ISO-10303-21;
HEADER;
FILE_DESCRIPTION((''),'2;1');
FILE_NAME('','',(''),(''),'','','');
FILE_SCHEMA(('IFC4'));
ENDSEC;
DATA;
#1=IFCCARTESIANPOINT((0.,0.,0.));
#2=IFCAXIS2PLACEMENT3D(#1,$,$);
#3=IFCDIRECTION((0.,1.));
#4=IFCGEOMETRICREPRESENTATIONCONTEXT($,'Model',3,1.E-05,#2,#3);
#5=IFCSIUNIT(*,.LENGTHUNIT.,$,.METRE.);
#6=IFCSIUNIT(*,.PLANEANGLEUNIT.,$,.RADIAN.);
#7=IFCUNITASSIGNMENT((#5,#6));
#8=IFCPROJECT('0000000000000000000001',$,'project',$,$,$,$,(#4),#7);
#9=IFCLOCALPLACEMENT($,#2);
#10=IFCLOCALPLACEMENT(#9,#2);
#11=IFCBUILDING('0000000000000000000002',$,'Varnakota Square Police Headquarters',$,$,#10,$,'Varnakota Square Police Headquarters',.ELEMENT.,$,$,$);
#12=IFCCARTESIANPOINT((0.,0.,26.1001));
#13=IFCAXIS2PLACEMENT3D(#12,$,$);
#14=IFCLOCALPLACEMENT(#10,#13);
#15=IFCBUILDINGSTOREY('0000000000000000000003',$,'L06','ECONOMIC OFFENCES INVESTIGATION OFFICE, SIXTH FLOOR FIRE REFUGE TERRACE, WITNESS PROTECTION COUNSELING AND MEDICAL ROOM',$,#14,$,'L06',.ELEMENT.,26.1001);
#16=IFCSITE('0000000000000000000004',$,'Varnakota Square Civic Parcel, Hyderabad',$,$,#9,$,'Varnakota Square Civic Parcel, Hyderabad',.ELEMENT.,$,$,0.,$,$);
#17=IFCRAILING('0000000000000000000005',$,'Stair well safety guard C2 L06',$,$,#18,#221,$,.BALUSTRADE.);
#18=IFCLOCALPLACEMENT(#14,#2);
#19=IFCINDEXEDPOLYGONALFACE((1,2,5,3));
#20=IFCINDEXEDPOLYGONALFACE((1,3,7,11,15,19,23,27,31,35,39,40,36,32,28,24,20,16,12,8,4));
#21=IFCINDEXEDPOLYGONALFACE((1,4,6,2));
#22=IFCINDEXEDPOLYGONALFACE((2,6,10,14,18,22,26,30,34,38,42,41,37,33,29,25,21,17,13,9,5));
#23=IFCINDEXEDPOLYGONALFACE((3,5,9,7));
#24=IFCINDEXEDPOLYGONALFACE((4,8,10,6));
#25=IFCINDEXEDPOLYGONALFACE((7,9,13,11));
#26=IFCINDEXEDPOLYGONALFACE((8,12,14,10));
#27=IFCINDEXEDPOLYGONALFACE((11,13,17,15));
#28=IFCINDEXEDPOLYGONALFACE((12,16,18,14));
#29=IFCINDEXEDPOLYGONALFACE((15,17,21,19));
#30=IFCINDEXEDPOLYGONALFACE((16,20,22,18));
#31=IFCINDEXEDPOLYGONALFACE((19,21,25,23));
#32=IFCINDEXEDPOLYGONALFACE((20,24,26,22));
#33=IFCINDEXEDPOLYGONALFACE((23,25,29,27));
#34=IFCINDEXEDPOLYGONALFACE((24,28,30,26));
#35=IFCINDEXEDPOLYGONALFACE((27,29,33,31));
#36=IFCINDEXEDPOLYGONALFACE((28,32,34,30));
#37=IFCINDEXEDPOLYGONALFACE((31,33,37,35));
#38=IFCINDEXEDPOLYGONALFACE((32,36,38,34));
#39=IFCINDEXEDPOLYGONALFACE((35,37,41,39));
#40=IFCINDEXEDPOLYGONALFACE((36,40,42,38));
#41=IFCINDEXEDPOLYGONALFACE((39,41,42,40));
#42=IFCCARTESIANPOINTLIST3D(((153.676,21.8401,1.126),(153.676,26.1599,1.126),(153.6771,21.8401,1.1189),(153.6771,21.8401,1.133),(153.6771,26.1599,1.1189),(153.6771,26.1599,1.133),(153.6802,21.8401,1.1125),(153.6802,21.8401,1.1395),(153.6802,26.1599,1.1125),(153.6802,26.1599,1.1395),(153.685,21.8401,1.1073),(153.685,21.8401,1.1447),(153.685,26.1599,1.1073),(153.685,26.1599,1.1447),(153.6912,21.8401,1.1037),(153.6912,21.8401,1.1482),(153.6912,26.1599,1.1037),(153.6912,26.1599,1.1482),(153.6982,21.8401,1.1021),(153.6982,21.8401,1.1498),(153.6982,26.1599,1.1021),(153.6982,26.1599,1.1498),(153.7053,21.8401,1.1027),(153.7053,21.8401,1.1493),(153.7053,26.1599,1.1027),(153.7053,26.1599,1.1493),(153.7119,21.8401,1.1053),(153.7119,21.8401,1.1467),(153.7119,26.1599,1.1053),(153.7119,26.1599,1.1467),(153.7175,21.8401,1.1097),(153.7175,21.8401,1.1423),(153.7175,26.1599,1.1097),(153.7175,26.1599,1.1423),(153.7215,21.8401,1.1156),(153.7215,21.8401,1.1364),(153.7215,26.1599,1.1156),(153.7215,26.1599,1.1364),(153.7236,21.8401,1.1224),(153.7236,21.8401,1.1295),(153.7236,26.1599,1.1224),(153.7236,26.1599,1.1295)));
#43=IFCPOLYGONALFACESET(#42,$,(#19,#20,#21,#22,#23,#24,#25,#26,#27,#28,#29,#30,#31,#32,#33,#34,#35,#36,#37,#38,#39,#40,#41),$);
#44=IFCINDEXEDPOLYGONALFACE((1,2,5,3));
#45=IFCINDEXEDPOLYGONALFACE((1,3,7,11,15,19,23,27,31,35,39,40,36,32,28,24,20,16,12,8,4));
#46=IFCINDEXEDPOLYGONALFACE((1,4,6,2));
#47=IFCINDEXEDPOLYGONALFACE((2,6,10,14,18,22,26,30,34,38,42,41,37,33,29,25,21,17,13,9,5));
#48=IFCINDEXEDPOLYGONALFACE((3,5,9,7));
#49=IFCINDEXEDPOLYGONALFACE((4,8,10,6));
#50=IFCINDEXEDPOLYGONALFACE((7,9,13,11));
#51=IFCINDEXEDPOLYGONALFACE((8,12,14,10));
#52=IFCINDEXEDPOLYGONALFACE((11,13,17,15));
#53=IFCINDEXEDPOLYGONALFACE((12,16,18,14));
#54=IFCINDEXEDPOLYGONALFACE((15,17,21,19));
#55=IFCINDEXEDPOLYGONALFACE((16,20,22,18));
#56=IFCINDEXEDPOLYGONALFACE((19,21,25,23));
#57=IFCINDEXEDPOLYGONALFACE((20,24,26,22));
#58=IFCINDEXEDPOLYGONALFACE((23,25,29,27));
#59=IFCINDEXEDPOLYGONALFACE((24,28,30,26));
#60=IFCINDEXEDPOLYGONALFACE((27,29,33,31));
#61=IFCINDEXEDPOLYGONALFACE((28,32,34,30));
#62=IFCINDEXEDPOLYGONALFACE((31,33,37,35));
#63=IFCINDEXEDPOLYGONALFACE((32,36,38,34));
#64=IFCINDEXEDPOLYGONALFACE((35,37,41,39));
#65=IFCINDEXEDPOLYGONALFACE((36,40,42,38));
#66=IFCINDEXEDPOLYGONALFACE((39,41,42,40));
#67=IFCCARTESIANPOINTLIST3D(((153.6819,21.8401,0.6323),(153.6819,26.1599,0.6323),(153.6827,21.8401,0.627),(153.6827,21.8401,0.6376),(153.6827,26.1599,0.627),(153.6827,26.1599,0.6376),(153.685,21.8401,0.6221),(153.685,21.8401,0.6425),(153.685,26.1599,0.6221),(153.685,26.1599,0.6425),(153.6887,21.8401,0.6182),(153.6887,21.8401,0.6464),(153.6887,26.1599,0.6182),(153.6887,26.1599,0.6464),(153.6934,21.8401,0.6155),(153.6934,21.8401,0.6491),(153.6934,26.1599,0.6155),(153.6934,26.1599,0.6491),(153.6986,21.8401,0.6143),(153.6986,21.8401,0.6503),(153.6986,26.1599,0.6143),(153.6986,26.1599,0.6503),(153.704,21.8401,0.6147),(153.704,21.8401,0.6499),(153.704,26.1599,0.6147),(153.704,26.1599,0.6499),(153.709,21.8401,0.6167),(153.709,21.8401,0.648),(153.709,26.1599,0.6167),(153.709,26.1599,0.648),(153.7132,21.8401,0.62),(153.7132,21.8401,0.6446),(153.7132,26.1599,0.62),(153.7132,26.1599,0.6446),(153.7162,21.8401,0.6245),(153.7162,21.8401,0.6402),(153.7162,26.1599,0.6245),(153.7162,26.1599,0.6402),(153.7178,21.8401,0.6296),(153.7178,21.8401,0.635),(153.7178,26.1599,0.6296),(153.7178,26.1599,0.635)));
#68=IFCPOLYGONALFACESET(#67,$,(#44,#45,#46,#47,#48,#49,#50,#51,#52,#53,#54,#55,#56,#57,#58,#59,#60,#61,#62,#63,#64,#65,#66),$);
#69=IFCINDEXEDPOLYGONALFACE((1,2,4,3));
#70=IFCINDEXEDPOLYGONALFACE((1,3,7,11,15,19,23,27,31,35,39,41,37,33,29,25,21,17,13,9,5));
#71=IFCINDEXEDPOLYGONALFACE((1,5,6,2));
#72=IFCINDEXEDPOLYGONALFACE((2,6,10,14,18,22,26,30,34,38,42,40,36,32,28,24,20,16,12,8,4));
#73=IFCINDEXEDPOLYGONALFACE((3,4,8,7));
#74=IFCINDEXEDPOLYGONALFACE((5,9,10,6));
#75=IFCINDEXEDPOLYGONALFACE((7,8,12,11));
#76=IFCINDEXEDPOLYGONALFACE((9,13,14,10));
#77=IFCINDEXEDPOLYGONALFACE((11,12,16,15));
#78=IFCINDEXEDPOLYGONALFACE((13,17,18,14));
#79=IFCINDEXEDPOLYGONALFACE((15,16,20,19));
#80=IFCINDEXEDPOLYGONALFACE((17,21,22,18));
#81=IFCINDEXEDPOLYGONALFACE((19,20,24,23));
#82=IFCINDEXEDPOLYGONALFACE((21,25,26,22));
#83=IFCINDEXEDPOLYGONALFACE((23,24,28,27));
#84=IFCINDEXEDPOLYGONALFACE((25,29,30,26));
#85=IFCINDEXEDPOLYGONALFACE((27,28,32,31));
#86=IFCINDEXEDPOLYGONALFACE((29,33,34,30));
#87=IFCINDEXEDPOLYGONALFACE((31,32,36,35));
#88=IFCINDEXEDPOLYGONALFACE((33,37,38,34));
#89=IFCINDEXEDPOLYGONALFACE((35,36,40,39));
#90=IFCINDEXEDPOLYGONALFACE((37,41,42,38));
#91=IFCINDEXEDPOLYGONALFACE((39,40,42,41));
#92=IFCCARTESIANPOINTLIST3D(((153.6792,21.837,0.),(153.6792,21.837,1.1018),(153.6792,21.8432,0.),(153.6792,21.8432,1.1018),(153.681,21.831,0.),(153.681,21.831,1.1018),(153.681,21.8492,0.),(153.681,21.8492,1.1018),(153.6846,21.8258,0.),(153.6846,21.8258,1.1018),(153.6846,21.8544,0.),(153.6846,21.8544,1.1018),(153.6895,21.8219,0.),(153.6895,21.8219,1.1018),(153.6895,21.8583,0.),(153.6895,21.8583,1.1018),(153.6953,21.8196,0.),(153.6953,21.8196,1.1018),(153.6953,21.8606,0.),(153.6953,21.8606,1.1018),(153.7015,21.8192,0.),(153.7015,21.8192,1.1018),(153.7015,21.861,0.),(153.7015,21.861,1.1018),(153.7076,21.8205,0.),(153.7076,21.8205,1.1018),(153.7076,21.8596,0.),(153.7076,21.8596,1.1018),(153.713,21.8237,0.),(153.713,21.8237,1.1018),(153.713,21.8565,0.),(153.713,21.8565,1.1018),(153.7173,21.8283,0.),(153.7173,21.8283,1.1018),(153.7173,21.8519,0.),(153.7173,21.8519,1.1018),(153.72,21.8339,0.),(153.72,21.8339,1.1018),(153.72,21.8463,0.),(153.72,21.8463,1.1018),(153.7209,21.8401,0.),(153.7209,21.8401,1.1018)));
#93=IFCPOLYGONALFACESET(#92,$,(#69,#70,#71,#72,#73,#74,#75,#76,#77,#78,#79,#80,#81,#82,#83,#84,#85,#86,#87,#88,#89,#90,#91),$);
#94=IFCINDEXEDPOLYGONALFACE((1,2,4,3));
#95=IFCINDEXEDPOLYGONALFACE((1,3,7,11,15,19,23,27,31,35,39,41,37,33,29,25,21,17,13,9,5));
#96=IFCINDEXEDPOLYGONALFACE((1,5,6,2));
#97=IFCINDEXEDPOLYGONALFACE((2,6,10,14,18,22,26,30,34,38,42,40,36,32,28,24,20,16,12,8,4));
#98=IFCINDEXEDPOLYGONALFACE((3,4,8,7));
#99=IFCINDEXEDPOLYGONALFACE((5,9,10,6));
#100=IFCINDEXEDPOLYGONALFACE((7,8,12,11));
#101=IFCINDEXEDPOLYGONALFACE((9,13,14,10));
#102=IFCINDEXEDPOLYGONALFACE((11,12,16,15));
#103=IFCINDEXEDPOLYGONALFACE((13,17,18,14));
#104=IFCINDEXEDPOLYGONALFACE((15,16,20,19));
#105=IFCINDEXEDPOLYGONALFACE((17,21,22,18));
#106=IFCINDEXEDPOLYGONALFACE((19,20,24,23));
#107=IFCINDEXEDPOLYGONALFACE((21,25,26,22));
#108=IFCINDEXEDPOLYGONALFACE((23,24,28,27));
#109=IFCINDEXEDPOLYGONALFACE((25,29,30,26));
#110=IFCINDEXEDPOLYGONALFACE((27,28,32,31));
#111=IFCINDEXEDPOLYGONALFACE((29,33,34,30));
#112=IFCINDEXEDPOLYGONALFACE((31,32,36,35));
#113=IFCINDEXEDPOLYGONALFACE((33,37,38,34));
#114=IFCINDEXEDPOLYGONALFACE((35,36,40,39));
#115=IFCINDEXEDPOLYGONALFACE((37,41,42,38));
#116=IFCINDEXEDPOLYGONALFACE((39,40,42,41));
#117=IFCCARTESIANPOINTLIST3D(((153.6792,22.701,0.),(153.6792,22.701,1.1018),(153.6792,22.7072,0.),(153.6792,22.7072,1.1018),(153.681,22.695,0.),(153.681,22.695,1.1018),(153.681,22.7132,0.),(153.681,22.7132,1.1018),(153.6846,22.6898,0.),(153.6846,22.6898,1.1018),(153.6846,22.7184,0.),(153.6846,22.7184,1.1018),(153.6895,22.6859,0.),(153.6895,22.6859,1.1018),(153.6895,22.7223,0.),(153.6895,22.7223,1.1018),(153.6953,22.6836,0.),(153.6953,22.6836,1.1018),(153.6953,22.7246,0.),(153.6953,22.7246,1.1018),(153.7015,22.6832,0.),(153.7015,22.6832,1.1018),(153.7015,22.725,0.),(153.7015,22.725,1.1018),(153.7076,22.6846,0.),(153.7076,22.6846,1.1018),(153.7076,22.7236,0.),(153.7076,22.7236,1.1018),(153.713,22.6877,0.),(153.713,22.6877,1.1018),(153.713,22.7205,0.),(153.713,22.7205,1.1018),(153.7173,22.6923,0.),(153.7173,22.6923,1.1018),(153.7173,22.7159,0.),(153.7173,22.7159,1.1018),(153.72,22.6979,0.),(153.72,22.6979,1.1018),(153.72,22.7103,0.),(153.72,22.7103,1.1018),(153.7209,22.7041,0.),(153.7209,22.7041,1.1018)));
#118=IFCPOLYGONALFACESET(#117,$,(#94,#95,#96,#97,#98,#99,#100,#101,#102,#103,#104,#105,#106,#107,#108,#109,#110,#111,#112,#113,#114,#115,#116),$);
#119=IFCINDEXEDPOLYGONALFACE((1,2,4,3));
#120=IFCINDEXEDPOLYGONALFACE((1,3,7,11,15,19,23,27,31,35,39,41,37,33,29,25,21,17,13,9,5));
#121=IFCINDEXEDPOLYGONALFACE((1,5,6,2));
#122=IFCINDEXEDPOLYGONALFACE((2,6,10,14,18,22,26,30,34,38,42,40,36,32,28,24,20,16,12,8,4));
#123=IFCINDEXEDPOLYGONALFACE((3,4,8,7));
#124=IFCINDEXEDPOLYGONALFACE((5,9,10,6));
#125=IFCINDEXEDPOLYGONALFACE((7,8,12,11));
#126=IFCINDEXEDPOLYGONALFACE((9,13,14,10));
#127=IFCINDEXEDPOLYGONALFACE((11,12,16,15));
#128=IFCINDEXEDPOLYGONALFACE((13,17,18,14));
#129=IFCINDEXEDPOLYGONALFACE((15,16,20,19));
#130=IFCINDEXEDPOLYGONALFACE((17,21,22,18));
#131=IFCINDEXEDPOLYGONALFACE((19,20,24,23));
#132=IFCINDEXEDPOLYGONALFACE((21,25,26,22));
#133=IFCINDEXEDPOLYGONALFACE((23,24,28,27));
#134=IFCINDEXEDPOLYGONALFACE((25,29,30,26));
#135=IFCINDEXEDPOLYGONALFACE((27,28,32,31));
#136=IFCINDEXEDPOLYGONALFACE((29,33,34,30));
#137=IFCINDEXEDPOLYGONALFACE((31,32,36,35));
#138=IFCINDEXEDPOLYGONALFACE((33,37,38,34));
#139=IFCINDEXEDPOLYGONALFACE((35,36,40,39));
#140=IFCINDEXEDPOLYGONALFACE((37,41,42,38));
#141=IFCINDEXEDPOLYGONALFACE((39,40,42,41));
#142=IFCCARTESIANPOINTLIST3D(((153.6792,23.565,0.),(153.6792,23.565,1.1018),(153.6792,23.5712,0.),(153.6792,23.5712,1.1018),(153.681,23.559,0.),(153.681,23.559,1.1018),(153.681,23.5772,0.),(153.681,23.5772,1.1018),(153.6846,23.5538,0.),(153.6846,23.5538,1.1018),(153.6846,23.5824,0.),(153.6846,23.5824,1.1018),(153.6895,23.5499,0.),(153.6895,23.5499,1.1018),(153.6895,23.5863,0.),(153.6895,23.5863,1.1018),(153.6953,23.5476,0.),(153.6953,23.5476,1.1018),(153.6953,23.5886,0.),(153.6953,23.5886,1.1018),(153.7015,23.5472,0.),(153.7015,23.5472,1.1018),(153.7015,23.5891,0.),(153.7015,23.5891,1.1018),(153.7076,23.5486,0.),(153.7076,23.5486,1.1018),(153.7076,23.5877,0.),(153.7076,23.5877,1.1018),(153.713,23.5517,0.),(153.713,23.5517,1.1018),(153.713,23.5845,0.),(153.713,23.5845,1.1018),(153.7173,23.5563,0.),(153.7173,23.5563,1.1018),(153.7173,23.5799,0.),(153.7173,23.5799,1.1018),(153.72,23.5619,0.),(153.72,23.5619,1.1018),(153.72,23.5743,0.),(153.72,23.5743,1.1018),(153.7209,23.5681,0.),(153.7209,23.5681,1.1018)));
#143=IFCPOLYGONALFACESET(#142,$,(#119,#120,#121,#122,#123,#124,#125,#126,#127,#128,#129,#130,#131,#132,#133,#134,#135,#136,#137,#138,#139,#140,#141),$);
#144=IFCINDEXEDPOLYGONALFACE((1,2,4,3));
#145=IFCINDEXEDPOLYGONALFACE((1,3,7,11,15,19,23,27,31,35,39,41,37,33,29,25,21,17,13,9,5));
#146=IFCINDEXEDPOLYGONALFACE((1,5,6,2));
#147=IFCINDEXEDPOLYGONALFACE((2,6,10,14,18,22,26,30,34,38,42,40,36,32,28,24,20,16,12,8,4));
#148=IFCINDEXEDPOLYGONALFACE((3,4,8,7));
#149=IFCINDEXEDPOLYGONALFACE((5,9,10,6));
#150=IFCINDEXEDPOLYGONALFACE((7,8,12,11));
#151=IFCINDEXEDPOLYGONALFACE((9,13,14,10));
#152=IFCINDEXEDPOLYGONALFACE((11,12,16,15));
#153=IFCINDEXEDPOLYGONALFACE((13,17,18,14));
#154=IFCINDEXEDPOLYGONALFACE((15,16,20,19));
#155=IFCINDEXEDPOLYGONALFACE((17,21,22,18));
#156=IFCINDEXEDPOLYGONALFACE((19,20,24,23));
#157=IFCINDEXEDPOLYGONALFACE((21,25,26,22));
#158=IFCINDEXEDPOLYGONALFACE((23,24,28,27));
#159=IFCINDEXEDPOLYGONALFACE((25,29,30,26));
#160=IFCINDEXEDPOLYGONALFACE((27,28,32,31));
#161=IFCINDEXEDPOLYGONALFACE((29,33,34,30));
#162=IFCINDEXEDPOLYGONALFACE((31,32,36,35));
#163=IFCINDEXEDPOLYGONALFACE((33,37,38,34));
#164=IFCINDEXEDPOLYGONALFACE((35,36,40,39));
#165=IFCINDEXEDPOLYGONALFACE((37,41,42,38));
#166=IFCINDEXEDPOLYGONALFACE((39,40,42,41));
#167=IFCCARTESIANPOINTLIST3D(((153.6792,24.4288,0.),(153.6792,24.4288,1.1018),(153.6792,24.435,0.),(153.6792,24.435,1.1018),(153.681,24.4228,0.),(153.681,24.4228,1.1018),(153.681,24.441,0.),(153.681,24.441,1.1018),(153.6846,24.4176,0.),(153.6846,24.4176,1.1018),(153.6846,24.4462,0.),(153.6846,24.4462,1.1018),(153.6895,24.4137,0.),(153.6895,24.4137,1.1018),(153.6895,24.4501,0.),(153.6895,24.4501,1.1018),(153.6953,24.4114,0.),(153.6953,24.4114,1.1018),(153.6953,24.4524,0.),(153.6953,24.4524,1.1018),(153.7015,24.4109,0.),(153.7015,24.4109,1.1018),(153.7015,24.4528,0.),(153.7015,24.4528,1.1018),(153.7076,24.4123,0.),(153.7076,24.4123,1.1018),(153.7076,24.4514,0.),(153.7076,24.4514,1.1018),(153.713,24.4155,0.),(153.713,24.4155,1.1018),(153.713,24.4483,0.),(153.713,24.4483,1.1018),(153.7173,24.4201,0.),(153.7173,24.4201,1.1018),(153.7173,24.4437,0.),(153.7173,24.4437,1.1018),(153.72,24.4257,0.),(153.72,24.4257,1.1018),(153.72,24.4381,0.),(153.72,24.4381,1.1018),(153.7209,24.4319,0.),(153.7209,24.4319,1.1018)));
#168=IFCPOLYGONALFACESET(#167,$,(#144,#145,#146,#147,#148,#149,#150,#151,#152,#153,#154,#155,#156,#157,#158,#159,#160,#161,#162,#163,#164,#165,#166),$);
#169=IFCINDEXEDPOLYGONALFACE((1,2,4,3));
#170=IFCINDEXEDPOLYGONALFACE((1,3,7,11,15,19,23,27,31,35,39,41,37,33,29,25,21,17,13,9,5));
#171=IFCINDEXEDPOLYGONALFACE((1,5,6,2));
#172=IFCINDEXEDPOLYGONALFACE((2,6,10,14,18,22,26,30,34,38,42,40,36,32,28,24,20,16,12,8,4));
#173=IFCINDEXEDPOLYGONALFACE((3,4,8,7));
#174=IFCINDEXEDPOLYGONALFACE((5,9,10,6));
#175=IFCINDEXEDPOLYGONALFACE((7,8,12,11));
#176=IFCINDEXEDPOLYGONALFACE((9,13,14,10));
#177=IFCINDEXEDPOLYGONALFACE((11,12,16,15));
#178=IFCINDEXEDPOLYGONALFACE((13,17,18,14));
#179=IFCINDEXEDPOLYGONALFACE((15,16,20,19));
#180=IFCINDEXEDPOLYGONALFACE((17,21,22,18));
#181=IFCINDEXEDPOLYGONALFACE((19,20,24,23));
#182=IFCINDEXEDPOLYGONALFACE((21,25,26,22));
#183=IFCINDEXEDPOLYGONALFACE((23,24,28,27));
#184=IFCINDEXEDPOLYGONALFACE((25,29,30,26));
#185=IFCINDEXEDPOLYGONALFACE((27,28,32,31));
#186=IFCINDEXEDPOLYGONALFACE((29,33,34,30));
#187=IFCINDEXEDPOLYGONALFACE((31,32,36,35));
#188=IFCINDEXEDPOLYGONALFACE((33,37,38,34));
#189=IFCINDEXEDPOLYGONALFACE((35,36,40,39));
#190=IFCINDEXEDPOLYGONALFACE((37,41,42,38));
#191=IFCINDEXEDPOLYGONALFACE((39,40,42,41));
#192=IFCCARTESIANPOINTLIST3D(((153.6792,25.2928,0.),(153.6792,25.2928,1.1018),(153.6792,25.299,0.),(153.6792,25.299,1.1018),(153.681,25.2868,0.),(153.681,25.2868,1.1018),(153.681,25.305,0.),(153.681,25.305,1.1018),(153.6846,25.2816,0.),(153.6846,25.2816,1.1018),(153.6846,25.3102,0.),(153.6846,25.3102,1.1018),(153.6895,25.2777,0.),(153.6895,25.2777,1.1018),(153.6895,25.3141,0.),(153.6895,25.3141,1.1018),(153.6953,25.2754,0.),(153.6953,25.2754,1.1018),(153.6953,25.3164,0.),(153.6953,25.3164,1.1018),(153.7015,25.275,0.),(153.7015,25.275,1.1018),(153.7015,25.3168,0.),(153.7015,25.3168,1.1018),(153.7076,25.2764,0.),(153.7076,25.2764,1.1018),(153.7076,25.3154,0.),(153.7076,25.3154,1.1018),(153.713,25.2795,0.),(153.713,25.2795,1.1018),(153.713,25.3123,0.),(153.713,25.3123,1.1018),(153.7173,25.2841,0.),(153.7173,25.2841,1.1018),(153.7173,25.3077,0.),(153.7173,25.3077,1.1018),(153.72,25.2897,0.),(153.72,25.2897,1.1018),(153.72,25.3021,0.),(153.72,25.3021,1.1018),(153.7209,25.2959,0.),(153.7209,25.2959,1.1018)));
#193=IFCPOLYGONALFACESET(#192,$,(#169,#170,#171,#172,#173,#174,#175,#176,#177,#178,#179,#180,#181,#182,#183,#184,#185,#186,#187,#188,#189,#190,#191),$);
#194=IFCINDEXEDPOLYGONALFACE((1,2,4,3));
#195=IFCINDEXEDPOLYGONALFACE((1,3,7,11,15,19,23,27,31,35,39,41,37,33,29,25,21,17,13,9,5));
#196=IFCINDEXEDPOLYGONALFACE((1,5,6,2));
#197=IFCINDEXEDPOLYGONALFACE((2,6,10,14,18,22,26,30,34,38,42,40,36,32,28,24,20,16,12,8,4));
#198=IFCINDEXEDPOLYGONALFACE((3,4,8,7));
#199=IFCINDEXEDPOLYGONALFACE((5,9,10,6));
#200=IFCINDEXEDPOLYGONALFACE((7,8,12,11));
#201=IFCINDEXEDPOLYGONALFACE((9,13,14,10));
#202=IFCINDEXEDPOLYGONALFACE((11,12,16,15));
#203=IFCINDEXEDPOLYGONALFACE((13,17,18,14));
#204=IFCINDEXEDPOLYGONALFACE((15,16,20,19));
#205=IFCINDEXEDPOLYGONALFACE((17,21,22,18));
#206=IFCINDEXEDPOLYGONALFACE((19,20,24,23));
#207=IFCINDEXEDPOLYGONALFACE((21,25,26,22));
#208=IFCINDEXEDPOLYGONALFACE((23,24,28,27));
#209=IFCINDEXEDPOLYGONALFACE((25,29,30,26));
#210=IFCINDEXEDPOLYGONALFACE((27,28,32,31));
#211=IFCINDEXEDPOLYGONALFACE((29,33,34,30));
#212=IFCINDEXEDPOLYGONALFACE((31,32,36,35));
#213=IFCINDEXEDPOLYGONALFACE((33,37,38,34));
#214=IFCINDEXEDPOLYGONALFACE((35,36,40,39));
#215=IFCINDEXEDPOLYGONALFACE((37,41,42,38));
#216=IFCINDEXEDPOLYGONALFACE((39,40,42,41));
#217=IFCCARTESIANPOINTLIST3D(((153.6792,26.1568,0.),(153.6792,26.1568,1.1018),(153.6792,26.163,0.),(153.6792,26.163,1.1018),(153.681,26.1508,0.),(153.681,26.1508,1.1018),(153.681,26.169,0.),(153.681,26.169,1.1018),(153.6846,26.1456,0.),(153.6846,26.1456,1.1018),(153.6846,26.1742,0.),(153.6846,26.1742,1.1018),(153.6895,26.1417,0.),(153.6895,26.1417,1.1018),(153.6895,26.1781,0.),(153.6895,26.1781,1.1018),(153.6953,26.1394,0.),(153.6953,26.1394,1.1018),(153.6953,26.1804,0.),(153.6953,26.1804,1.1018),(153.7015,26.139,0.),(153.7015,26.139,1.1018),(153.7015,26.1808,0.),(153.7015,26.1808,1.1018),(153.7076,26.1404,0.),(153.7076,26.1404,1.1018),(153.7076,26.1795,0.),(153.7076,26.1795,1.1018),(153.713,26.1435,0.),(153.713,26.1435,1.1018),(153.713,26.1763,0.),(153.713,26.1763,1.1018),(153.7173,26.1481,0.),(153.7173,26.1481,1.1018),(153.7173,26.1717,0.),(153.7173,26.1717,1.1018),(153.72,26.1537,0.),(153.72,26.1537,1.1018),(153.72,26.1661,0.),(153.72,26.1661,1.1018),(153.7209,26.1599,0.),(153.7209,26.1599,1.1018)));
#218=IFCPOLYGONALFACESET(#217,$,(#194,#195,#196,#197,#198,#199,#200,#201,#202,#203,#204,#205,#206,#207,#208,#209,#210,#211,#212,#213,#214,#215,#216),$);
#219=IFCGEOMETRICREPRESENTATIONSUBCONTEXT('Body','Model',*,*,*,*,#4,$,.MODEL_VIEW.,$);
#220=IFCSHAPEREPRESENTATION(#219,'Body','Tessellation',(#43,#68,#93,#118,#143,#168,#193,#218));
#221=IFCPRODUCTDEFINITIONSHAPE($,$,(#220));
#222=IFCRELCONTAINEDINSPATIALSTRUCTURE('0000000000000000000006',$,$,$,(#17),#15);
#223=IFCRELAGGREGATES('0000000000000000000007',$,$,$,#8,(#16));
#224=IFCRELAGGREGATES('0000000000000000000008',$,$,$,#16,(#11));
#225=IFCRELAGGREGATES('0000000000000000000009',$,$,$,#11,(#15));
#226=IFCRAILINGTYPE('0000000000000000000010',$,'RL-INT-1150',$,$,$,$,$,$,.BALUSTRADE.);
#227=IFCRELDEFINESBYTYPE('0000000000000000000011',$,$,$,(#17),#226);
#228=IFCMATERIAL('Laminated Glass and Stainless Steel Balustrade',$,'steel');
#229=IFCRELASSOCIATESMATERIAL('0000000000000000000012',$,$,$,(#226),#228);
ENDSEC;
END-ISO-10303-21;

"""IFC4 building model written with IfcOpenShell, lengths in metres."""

from ifc_helpers import new_model, si_unit, direction, frame, origin, origin_2d, place, context, subcontext, project, spatial, circle, extrude, material, type_object, element, save


model = new_model("IFC4")

# Units and contexts
model_context = context("Model", 3, precision=1e-05, world=origin(), true_north=direction((0.0, 1.0)))
body_context = subcontext(model_context, "Body", "Model", "MODEL_VIEW")
ifc_project = project(units=[si_unit("LENGTHUNIT", "METRE"), si_unit("PLANEANGLEUNIT", "RADIAN")], contexts=[model_context])

# Site, building, storey
site_placement = place(None, origin())
site = spatial("IfcSite", under=ifc_project, at=site_placement, Name="Varnakota Square Civic Parcel, Hyderabad", LongName="Varnakota Square Civic Parcel, Hyderabad", CompositionType="ELEMENT", RefElevation=0.0)
building_placement = place(site_placement, origin())
building = spatial("IfcBuilding", under=site, at=building_placement, Name="Varnakota Square Police Headquarters", LongName="Varnakota Square Police Headquarters", CompositionType="ELEMENT")
storey_placement = place(building_placement, frame((0.0, 0.0, 26.1001)))
storey = spatial("IfcBuildingStorey", under=building, at=storey_placement, Name="L06", Description="ECONOMIC OFFENCES INVESTIGATION OFFICE, SIXTH FLOOR FIRE REFUGE TERRACE, WITNESS PROTECTION COUNSELING AND MEDICAL ROOM", LongName="L06", CompositionType="ELEMENT", Elevation=26.1001)

# Railing
ifc_material_1 = material(Name="Laminated Glass and Stainless Steel Balustrade", Category="steel")
railing_type_1 = type_object("IfcRailingType", Name="RL-INT-1150", PredefinedType="BALUSTRADE", material=ifc_material_1)
railing_1_placement = place(storey_placement, frame((153.7, 21.8401, 0.0)))
element("IfcRailing", 1, at=railing_1_placement, inside=storey, type_object=railing_type_1, Name="Stair well safety guard C2 L06", PredefinedType="BALUSTRADE", context=body_context, shape_type="SweptSolid", body=[
    extrude(circle(Radius=0.0239, at=origin_2d()), frame((0.0, 0.0, 1.126), z_axis=(0.0, 1.0, 0.0), x_axis=(-1.0, 0.0, 0.0)), (0.0, 0.0, 1.0), 4.3198),
    extrude(circle(Radius=0.0181, at=origin_2d()), frame((0.0, 0.0, 0.6323), z_axis=(0.0, 1.0, 0.0), x_axis=(-1.0, 0.0, 0.0)), (0.0, 0.0, 1.0), 4.3198),
    extrude(circle(Radius=0.021, at=origin_2d()), origin(), (0.0, 0.0, 1.0), 1.1018),
    extrude(circle(Radius=0.021, at=origin_2d()), frame((0.0, 0.864, 0.0)), (0.0, 0.0, 1.0), 1.1018),
    extrude(circle(Radius=0.021, at=origin_2d()), frame((0.0, 1.728, 0.0)), (0.0, 0.0, 1.0), 1.1018),
    extrude(circle(Radius=0.021, at=origin_2d()), frame((0.0, 2.5918, 0.0)), (0.0, 0.0, 1.0), 1.1018),
    extrude(circle(Radius=0.021, at=origin_2d()), frame((0.0, 3.4558, 0.0)), (0.0, 0.0, 1.0), 1.1018),
    extrude(circle(Radius=0.021, at=origin_2d()), frame((0.0, 4.3198, 0.0)), (0.0, 0.0, 1.0), 1.1018),
])

save(model, "model.ifc")
